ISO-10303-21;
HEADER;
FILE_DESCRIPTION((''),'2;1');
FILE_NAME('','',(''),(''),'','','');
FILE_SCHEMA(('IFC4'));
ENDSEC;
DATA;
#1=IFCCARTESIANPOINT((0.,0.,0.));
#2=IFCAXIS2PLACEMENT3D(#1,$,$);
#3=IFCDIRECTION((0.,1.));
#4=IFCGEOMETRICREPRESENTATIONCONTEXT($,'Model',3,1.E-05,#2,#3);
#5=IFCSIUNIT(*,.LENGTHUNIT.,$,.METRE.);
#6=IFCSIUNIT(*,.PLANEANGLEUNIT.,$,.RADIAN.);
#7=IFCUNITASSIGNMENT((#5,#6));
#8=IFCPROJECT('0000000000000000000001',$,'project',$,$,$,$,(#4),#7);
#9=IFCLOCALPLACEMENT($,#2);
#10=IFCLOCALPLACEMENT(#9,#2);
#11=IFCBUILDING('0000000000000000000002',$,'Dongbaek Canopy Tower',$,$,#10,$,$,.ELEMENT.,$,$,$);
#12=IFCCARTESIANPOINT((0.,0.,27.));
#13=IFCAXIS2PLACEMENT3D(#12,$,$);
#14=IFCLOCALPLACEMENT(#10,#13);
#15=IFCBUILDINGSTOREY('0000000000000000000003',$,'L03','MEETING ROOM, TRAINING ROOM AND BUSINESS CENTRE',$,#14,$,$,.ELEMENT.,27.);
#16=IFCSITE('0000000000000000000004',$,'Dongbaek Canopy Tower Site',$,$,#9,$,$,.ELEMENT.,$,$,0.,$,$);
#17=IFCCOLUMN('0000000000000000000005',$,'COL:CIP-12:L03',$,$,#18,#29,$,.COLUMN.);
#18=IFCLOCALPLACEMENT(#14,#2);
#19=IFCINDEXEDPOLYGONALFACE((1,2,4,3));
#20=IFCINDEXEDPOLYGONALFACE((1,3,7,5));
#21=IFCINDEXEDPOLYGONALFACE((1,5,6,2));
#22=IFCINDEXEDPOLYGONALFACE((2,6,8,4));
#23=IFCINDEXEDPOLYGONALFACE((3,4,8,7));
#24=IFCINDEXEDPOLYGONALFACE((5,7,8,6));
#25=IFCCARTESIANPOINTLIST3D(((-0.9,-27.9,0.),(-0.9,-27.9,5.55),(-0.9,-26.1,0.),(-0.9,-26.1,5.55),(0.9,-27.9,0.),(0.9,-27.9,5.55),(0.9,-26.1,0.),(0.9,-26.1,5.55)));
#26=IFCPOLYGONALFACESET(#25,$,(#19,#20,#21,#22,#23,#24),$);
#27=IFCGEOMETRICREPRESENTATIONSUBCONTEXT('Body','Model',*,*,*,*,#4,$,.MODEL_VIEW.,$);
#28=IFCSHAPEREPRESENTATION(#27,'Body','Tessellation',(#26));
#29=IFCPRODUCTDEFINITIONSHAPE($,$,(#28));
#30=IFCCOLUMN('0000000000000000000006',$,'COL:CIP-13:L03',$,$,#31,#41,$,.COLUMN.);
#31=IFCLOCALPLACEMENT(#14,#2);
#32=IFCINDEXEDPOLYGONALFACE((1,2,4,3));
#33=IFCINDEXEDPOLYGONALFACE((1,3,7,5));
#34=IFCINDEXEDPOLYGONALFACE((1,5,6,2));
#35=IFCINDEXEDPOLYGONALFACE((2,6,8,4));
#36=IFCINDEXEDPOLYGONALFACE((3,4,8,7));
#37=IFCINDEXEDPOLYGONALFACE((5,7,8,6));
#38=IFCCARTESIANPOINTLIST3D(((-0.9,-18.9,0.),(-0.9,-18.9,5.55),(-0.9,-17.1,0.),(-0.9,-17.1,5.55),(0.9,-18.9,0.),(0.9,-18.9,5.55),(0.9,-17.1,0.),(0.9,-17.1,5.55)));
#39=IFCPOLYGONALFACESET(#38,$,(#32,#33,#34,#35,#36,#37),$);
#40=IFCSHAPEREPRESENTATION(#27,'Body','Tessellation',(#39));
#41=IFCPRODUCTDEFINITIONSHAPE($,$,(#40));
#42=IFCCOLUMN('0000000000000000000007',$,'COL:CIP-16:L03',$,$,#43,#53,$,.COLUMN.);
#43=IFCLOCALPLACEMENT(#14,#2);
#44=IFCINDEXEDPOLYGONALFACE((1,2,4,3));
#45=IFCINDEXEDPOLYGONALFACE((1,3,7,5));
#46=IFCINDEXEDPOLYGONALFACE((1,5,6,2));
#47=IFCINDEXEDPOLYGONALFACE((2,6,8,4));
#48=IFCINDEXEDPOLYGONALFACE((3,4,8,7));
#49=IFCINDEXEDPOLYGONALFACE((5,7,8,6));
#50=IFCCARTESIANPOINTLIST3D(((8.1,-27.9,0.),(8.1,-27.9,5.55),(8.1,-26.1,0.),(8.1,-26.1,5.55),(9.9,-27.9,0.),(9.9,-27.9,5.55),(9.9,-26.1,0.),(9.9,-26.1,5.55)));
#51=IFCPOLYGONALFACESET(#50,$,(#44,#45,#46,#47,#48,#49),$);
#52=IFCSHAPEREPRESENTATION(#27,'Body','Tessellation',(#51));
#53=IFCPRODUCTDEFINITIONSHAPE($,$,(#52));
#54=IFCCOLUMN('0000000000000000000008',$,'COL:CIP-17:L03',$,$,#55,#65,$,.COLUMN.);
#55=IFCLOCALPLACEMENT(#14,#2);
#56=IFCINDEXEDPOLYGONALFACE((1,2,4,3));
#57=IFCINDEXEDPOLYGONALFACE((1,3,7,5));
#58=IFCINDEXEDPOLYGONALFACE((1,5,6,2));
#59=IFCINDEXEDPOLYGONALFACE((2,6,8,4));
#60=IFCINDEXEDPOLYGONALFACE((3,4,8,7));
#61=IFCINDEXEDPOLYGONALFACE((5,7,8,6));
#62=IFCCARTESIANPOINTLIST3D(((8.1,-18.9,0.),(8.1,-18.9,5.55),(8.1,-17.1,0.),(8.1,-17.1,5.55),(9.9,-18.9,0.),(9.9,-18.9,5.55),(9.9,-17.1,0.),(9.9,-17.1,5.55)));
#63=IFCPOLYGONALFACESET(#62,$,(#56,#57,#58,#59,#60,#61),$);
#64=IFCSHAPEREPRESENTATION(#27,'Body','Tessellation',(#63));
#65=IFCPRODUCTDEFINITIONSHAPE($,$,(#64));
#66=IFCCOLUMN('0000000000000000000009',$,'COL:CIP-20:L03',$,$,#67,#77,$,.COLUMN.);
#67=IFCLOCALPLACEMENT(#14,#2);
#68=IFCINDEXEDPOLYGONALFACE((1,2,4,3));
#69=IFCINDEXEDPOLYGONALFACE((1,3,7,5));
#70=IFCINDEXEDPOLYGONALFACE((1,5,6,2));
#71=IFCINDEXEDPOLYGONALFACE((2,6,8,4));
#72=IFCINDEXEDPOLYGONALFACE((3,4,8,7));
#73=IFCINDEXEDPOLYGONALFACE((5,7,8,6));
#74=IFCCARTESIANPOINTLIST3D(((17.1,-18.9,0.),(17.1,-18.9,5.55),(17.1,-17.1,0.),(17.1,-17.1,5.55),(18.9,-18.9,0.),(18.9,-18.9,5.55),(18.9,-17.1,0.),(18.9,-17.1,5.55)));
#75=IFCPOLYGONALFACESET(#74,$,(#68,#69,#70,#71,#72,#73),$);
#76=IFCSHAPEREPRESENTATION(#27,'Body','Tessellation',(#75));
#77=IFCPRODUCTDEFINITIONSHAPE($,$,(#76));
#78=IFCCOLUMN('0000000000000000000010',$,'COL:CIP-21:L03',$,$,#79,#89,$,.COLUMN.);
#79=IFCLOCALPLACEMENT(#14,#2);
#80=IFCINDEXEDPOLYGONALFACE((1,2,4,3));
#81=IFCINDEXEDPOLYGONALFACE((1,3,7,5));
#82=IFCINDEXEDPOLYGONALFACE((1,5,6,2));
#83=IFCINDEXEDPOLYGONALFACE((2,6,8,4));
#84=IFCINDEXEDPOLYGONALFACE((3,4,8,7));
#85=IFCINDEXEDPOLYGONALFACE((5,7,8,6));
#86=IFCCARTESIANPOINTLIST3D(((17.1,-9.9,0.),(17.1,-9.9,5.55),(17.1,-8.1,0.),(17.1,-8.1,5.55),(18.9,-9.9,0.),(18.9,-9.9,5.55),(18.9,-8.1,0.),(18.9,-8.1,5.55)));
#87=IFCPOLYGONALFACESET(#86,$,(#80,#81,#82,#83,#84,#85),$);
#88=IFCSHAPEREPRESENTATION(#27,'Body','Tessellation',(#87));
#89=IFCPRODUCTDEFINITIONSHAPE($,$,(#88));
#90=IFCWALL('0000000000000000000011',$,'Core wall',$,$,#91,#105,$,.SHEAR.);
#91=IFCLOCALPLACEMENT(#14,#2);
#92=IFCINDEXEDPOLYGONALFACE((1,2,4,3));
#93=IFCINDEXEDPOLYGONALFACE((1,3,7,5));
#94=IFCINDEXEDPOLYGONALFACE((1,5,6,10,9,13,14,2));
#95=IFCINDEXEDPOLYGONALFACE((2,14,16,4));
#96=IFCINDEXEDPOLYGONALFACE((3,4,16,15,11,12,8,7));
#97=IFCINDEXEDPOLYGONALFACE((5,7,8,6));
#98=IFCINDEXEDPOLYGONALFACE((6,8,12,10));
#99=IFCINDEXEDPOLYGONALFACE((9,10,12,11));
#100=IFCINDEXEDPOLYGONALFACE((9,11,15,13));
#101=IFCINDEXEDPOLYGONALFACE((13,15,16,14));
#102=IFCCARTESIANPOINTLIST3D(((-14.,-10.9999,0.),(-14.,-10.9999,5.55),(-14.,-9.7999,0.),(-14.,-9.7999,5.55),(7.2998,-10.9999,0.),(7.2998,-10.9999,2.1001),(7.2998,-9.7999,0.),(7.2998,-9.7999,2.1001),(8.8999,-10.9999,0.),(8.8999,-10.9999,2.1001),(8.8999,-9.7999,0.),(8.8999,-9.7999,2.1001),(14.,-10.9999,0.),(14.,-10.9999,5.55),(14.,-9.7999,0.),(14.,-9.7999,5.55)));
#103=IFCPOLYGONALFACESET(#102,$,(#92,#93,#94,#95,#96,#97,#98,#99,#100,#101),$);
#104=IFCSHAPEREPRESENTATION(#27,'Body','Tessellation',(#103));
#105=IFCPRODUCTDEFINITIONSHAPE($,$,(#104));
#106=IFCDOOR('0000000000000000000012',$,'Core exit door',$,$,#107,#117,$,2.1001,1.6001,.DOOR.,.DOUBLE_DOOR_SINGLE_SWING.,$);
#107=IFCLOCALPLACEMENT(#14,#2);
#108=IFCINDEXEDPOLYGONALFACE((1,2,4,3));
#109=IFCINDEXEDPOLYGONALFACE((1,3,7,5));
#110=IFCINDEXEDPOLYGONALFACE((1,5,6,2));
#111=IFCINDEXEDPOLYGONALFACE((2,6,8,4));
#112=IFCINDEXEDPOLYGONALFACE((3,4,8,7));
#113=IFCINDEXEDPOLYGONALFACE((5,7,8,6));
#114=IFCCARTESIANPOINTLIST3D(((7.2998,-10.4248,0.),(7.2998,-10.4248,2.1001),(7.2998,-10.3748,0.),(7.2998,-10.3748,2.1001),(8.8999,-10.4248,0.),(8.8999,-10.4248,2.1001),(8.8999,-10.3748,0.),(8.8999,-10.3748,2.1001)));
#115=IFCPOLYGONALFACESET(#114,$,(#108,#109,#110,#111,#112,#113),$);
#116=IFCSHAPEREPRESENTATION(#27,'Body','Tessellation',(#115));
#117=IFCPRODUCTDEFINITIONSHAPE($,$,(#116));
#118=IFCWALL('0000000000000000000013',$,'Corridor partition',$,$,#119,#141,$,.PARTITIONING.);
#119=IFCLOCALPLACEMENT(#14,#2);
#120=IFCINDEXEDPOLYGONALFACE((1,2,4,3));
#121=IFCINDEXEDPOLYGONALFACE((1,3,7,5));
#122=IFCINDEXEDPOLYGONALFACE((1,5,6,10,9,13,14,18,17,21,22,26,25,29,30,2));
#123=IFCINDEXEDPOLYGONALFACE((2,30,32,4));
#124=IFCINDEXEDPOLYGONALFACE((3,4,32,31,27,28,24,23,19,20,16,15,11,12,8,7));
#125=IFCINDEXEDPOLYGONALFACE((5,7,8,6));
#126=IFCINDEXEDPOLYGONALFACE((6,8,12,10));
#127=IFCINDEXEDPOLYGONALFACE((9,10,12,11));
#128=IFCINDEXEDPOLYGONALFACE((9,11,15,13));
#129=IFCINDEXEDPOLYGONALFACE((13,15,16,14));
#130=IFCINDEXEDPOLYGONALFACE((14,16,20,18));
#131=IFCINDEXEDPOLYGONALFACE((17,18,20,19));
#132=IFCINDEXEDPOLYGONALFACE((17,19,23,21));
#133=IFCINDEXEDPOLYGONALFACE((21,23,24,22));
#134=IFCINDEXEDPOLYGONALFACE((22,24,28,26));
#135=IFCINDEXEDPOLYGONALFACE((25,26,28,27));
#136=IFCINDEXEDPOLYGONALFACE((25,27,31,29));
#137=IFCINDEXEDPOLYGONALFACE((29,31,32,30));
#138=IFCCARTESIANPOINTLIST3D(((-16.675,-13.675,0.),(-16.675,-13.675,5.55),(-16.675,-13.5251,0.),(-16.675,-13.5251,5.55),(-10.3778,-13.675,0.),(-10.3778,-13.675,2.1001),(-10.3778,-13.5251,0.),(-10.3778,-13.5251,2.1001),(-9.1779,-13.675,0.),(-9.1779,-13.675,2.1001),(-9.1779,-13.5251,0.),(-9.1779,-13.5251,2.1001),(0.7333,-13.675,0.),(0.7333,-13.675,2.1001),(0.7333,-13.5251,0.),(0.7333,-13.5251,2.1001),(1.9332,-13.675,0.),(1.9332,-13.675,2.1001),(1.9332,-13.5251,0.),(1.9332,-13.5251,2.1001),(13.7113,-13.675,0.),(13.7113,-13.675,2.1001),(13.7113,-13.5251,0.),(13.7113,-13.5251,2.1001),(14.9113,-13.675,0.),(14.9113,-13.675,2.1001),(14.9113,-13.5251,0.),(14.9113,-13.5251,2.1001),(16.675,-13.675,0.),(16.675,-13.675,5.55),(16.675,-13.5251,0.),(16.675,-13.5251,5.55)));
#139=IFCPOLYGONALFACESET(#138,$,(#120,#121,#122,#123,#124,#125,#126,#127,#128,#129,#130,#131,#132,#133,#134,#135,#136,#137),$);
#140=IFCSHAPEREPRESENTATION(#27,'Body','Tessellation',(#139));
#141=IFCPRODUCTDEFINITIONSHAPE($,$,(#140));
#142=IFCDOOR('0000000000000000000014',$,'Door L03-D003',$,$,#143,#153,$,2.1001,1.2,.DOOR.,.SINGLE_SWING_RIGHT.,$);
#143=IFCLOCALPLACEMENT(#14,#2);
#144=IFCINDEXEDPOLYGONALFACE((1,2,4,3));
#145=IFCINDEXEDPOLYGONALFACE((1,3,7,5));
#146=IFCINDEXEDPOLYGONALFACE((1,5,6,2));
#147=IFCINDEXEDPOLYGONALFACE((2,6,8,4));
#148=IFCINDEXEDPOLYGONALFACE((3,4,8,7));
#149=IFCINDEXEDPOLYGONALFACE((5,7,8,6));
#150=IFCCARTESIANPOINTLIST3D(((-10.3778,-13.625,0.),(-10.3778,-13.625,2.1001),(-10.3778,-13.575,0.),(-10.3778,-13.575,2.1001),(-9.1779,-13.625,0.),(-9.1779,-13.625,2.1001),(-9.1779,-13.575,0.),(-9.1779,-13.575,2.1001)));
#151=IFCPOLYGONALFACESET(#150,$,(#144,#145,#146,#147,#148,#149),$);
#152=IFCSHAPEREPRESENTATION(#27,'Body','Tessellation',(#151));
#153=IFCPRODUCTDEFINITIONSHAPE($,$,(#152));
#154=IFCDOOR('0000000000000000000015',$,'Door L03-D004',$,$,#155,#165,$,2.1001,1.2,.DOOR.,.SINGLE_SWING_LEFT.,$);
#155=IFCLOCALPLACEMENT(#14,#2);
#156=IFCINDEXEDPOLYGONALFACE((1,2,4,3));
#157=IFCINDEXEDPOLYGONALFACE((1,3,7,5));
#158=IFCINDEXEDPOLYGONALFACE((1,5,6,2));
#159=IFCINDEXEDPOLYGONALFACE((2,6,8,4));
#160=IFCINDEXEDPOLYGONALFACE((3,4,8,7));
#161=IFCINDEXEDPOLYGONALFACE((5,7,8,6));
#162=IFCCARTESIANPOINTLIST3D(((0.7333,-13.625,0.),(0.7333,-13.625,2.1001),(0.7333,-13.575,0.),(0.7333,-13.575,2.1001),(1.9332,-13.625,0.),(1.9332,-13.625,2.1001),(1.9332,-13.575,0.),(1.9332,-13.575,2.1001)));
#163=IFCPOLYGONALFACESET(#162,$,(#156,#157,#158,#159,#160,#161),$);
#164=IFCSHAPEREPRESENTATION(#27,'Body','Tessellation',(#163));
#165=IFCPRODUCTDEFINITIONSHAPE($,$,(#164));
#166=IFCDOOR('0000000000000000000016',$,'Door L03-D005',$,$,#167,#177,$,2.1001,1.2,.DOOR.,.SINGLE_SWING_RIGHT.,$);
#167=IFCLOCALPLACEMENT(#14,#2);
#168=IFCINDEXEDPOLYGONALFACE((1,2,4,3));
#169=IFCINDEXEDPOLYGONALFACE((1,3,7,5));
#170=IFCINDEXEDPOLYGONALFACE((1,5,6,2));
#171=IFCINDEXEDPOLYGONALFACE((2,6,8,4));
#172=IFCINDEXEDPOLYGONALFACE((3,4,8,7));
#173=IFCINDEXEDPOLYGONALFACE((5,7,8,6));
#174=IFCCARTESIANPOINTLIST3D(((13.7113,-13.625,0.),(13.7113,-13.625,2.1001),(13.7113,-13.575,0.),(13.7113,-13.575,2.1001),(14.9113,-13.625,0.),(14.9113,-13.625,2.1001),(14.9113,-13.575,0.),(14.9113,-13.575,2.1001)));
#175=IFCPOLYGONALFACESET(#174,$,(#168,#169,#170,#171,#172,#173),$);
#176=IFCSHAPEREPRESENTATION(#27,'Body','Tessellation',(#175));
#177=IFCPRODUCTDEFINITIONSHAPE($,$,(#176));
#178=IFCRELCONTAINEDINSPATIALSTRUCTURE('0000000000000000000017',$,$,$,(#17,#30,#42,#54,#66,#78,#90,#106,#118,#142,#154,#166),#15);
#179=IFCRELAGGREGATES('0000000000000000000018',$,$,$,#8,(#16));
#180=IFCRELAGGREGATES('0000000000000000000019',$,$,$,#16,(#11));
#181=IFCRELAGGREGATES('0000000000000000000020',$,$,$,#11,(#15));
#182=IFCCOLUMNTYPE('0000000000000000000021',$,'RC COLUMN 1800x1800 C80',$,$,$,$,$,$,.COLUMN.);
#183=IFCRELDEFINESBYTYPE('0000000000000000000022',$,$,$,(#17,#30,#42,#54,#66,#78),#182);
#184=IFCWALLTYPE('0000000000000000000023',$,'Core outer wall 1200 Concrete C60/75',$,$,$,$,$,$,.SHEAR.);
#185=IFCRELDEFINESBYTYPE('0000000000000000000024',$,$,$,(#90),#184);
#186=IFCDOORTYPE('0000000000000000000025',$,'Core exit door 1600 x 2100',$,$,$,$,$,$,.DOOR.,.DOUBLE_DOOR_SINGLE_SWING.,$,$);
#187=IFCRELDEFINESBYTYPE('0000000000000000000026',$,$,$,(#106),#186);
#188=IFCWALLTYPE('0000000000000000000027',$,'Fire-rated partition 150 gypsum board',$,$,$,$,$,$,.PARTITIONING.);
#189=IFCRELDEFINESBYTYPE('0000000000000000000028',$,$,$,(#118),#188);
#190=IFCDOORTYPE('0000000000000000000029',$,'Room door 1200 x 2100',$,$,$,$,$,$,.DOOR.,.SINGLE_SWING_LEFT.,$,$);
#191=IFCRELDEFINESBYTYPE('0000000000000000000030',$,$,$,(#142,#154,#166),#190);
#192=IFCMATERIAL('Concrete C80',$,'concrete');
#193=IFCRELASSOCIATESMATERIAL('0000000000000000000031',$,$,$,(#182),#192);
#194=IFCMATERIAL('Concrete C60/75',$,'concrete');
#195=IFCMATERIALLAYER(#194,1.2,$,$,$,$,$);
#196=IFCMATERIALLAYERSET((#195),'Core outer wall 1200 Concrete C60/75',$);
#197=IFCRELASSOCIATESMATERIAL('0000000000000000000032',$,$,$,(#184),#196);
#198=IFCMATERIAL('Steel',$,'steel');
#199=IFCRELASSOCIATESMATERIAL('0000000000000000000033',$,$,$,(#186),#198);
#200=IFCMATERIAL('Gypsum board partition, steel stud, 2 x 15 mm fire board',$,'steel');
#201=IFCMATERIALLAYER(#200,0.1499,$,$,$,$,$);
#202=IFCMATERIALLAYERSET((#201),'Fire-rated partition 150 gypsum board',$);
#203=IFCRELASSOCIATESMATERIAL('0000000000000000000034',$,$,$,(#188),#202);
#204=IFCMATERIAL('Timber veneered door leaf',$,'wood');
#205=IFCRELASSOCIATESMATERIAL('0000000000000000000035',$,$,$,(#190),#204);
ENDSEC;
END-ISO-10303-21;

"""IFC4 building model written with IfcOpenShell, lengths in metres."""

from ifc_helpers import new_model, si_unit, direction, frame, frame_2d, origin, origin_2d, place, context, subcontext, project, spatial, rectangle, extrude, material, layer, layer_set, material_profile, profile_set, type_object, element, fill, save


model = new_model("IFC4")

# Units and contexts
model_context = context("Model", 3, precision=1e-05, world=origin(), true_north=direction((0.0, 1.0)))
body_context = subcontext(model_context, "Body", "Model", "MODEL_VIEW")
ifc_project = project(units=[si_unit("LENGTHUNIT", "METRE"), si_unit("PLANEANGLEUNIT", "RADIAN")], contexts=[model_context])

# Site, building, storey
site_placement = place(None, origin())
site = spatial("IfcSite", under=ifc_project, at=site_placement, Name="Dongbaek Canopy Tower Site", CompositionType="ELEMENT", RefElevation=0.0)
building_placement = place(site_placement, origin())
building = spatial("IfcBuilding", under=site, at=building_placement, Name="Dongbaek Canopy Tower", CompositionType="ELEMENT")
storey_placement = place(building_placement, frame((0.0, 0.0, 27.0)))
storey = spatial("IfcBuildingStorey", under=building, at=storey_placement, Name="L03", Description="MEETING ROOM, TRAINING ROOM AND BUSINESS CENTRE", CompositionType="ELEMENT", Elevation=27.0)

# Columns
ifc_material_1 = material(Name="Concrete C80", Category="concrete")
ifc_material_profile = material_profile(ifc_material_1, rectangle(XDim=1.8, YDim=1.8, at=origin_2d()), Name="RC COLUMN 1800x1800 C80")
ifc_profile_set = profile_set([ifc_material_profile], Name="Concrete C80")
column_type = type_object("IfcColumnType", Name="RC COLUMN 1800x1800 C80", PredefinedType="COLUMN", material=ifc_profile_set)
for number, where, z_axis, x_axis, name in (
    (1, (0.0, -27.0, 0.0), (0.0, 0.0, 1.0), (1.0, 0.0, 0.0), "COL:CIP-12:L03"),
    (2, (0.0, -18.0, 0.0), (0.0, 0.0, 1.0), (1.0, 0.0, 0.0), "COL:CIP-13:L03"),
    (3, (9.0, -27.0, 0.0), (0.0, 0.0, 1.0), (1.0, 0.0, 0.0), "COL:CIP-16:L03"),
    (4, (9.0, -18.0, 0.0), (0.0, 0.0, 1.0), (1.0, 0.0, 0.0), "COL:CIP-17:L03"),
    (5, (18.0, -18.0, 0.0), (0.0, 0.0, 1.0), (1.0, 0.0, 0.0), "COL:CIP-20:L03"),
    (6, (18.0, -9.0, 0.0), (0.0, 0.0, 1.0), (1.0, 0.0, 0.0), "COL:CIP-21:L03"),
):
    element("IfcColumn", number, at=place(storey_placement, frame(where, z_axis=z_axis, x_axis=x_axis)), inside=storey, type_object=column_type, Name=name, PredefinedType="COLUMN", context=body_context, shape_type="SweptSolid", body=[
        extrude(rectangle(XDim=1.8, YDim=1.8, at=origin_2d()), origin(), (0.0, 0.0, 1.0), 5.55),
    ])

# Wall, opening, door
ifc_material_2 = material(Name="Concrete C60/75", Category="concrete")
ifc_layer_1 = layer(ifc_material_2, 1.2)
ifc_layer_set_1 = layer_set([ifc_layer_1], Name="Core outer wall 1200 Concrete C60/75")
wall_type_1 = type_object("IfcWallType", Name="Core outer wall 1200 Concrete C60/75", PredefinedType="SHEAR", material=ifc_layer_set_1)
wall_1_placement = place(storey_placement, frame((14.0, -10.3999, 0.0), z_axis=(0.0, 0.0, 1.0), x_axis=(-1.0, 0.0, 0.0)))
wall_1 = element("IfcWall", 7, at=wall_1_placement, inside=storey, type_object=wall_type_1, Name="Core wall", PredefinedType="SHEAR", context=body_context, shape_type="SweptSolid", body=[
    extrude(rectangle(XDim=28.0, YDim=1.2, at=frame_2d((14.0, 0.0))), origin(), (0.0, 0.0, 1.0), 5.55),
])
opening_1_placement = place(wall_1_placement, frame((5.1001, 0.0, 0.0)))
opening_1 = element("IfcOpeningElement", 8, at=opening_1_placement, cuts=wall_1, PredefinedType="OPENING", context=body_context, shape_type="SweptSolid", body=[
    extrude(rectangle(XDim=1.6001, YDim=2.1001, at=frame_2d((0.8, 1.05))), frame((0.0, 0.6099, 0.0), z_axis=(0.0, -1.0, 0.0), x_axis=(1.0, 0.0, 0.0)), (0.0, 0.0, 1.0), 1.22),
])
ifc_material_3 = material(Name="Steel", Category="steel")
door_type_1 = type_object("IfcDoorType", Name="Core exit door 1600 x 2100", OperationType="DOUBLE_DOOR_SINGLE_SWING", PredefinedType="DOOR", material=ifc_material_3)
door_1_placement = place(opening_1_placement, origin())
door_1 = element("IfcDoor", 9, at=door_1_placement, inside=storey, type_object=door_type_1, Name="Core exit door", OperationType="DOUBLE_DOOR_SINGLE_SWING", OverallHeight=2.1001, OverallWidth=1.6001, PredefinedType="DOOR", context=body_context, shape_type="SweptSolid", body=[
    extrude(rectangle(XDim=1.6001, YDim=2.1001, at=frame_2d((0.8, 1.05))), frame((0.0, 0.0249, 0.0), z_axis=(0.0, -1.0, 0.0), x_axis=(1.0, 0.0, 0.0)), (0.0, 0.0, 1.0), 0.05),
])
fill(opening_1, door_1)

# Wall, openings, doors
ifc_material_4 = material(Name="Gypsum board partition, steel stud, 2 x 15 mm fire board", Category="steel")
ifc_layer_2 = layer(ifc_material_4, 0.1499)
ifc_layer_set_2 = layer_set([ifc_layer_2], Name="Fire-rated partition 150 gypsum board")
wall_type_2 = type_object("IfcWallType", Name="Fire-rated partition 150 gypsum board", PredefinedType="PARTITIONING", material=ifc_layer_set_2)
wall_2_placement = place(storey_placement, frame((16.675, -13.6001, 0.0), z_axis=(0.0, 0.0, 1.0), x_axis=(-1.0, 0.0, 0.0)))
wall_2 = element("IfcWall", 10, at=wall_2_placement, inside=storey, type_object=wall_type_2, Name="Corridor partition", PredefinedType="PARTITIONING", context=body_context, shape_type="SweptSolid", body=[
    extrude(rectangle(XDim=33.3501, YDim=0.1499, at=frame_2d((16.675, 0.0))), origin(), (0.0, 0.0, 1.0), 5.55),
])
opening_2_placement = place(wall_2_placement, frame((25.8528, 0.0, 0.0)))
opening_2 = element("IfcOpeningElement", 11, at=opening_2_placement, cuts=wall_2, PredefinedType="OPENING", context=body_context, shape_type="SweptSolid", body=[
    extrude(rectangle(XDim=1.2, YDim=2.1001, at=frame_2d((0.6001, 1.05))), frame((0.0, 0.085, 0.0), z_axis=(0.0, -1.0, 0.0), x_axis=(1.0, 0.0, 0.0)), (0.0, 0.0, 1.0), 0.1699),
])
opening_3_placement = place(wall_2_placement, frame((14.7417, 0.0, 0.0)))
opening_3 = element("IfcOpeningElement", 12, at=opening_3_placement, cuts=wall_2, PredefinedType="OPENING", context=body_context, shape_type="SweptSolid", body=[
    extrude(rectangle(XDim=1.2, YDim=2.1001, at=frame_2d((0.6001, 1.05))), frame((0.0, 0.085, 0.0), z_axis=(0.0, -1.0, 0.0), x_axis=(1.0, 0.0, 0.0)), (0.0, 0.0, 1.0), 0.1699),
])
opening_4_placement = place(wall_2_placement, frame((1.7637, 0.0, 0.0)))
opening_4 = element("IfcOpeningElement", 13, at=opening_4_placement, cuts=wall_2, PredefinedType="OPENING", context=body_context, shape_type="SweptSolid", body=[
    extrude(rectangle(XDim=1.2, YDim=2.1001, at=frame_2d((0.6001, 1.05))), frame((0.0, 0.085, 0.0), z_axis=(0.0, -1.0, 0.0), x_axis=(1.0, 0.0, 0.0)), (0.0, 0.0, 1.0), 0.1699),
])
ifc_material_5 = material(Name="Timber veneered door leaf", Category="wood")
door_type_2 = type_object("IfcDoorType", Name="Room door 1200 x 2100", OperationType="SINGLE_SWING_LEFT", PredefinedType="DOOR", material=ifc_material_5)
door_2_placement = place(opening_2_placement, origin())
door_2 = element("IfcDoor", 14, at=door_2_placement, inside=storey, type_object=door_type_2, Name="Door L03-D003", OperationType="SINGLE_SWING_RIGHT", OverallHeight=2.1001, OverallWidth=1.2, PredefinedType="DOOR", context=body_context, shape_type="SweptSolid", body=[
    extrude(rectangle(XDim=1.2, YDim=2.1001, at=frame_2d((0.6001, 1.05))), frame((0.0, 0.0249, 0.0), z_axis=(0.0, -1.0, 0.0), x_axis=(1.0, 0.0, 0.0)), (0.0, 0.0, 1.0), 0.05),
])
fill(opening_2, door_2)
door_3_placement = place(opening_3_placement, origin())
door_3 = element("IfcDoor", 15, at=door_3_placement, inside=storey, type_object=door_type_2, Name="Door L03-D004", OperationType="SINGLE_SWING_LEFT", OverallHeight=2.1001, OverallWidth=1.2, PredefinedType="DOOR", context=body_context, shape_type="SweptSolid", body=[
    extrude(rectangle(XDim=1.2, YDim=2.1001, at=frame_2d((0.6001, 1.05))), frame((0.0, 0.0249, 0.0), z_axis=(0.0, -1.0, 0.0), x_axis=(1.0, 0.0, 0.0)), (0.0, 0.0, 1.0), 0.05),
])
fill(opening_3, door_3)
door_4_placement = place(opening_4_placement, origin())
door_4 = element("IfcDoor", 16, at=door_4_placement, inside=storey, type_object=door_type_2, Name="Door L03-D005", OperationType="SINGLE_SWING_RIGHT", OverallHeight=2.1001, OverallWidth=1.2, PredefinedType="DOOR", context=body_context, shape_type="SweptSolid", body=[
    extrude(rectangle(XDim=1.2, YDim=2.1001, at=frame_2d((0.6001, 1.05))), frame((0.0, 0.0249, 0.0), z_axis=(0.0, -1.0, 0.0), x_axis=(1.0, 0.0, 0.0)), (0.0, 0.0, 1.0), 0.05),
])
fill(opening_4, door_4)

save(model, "model.ifc")
